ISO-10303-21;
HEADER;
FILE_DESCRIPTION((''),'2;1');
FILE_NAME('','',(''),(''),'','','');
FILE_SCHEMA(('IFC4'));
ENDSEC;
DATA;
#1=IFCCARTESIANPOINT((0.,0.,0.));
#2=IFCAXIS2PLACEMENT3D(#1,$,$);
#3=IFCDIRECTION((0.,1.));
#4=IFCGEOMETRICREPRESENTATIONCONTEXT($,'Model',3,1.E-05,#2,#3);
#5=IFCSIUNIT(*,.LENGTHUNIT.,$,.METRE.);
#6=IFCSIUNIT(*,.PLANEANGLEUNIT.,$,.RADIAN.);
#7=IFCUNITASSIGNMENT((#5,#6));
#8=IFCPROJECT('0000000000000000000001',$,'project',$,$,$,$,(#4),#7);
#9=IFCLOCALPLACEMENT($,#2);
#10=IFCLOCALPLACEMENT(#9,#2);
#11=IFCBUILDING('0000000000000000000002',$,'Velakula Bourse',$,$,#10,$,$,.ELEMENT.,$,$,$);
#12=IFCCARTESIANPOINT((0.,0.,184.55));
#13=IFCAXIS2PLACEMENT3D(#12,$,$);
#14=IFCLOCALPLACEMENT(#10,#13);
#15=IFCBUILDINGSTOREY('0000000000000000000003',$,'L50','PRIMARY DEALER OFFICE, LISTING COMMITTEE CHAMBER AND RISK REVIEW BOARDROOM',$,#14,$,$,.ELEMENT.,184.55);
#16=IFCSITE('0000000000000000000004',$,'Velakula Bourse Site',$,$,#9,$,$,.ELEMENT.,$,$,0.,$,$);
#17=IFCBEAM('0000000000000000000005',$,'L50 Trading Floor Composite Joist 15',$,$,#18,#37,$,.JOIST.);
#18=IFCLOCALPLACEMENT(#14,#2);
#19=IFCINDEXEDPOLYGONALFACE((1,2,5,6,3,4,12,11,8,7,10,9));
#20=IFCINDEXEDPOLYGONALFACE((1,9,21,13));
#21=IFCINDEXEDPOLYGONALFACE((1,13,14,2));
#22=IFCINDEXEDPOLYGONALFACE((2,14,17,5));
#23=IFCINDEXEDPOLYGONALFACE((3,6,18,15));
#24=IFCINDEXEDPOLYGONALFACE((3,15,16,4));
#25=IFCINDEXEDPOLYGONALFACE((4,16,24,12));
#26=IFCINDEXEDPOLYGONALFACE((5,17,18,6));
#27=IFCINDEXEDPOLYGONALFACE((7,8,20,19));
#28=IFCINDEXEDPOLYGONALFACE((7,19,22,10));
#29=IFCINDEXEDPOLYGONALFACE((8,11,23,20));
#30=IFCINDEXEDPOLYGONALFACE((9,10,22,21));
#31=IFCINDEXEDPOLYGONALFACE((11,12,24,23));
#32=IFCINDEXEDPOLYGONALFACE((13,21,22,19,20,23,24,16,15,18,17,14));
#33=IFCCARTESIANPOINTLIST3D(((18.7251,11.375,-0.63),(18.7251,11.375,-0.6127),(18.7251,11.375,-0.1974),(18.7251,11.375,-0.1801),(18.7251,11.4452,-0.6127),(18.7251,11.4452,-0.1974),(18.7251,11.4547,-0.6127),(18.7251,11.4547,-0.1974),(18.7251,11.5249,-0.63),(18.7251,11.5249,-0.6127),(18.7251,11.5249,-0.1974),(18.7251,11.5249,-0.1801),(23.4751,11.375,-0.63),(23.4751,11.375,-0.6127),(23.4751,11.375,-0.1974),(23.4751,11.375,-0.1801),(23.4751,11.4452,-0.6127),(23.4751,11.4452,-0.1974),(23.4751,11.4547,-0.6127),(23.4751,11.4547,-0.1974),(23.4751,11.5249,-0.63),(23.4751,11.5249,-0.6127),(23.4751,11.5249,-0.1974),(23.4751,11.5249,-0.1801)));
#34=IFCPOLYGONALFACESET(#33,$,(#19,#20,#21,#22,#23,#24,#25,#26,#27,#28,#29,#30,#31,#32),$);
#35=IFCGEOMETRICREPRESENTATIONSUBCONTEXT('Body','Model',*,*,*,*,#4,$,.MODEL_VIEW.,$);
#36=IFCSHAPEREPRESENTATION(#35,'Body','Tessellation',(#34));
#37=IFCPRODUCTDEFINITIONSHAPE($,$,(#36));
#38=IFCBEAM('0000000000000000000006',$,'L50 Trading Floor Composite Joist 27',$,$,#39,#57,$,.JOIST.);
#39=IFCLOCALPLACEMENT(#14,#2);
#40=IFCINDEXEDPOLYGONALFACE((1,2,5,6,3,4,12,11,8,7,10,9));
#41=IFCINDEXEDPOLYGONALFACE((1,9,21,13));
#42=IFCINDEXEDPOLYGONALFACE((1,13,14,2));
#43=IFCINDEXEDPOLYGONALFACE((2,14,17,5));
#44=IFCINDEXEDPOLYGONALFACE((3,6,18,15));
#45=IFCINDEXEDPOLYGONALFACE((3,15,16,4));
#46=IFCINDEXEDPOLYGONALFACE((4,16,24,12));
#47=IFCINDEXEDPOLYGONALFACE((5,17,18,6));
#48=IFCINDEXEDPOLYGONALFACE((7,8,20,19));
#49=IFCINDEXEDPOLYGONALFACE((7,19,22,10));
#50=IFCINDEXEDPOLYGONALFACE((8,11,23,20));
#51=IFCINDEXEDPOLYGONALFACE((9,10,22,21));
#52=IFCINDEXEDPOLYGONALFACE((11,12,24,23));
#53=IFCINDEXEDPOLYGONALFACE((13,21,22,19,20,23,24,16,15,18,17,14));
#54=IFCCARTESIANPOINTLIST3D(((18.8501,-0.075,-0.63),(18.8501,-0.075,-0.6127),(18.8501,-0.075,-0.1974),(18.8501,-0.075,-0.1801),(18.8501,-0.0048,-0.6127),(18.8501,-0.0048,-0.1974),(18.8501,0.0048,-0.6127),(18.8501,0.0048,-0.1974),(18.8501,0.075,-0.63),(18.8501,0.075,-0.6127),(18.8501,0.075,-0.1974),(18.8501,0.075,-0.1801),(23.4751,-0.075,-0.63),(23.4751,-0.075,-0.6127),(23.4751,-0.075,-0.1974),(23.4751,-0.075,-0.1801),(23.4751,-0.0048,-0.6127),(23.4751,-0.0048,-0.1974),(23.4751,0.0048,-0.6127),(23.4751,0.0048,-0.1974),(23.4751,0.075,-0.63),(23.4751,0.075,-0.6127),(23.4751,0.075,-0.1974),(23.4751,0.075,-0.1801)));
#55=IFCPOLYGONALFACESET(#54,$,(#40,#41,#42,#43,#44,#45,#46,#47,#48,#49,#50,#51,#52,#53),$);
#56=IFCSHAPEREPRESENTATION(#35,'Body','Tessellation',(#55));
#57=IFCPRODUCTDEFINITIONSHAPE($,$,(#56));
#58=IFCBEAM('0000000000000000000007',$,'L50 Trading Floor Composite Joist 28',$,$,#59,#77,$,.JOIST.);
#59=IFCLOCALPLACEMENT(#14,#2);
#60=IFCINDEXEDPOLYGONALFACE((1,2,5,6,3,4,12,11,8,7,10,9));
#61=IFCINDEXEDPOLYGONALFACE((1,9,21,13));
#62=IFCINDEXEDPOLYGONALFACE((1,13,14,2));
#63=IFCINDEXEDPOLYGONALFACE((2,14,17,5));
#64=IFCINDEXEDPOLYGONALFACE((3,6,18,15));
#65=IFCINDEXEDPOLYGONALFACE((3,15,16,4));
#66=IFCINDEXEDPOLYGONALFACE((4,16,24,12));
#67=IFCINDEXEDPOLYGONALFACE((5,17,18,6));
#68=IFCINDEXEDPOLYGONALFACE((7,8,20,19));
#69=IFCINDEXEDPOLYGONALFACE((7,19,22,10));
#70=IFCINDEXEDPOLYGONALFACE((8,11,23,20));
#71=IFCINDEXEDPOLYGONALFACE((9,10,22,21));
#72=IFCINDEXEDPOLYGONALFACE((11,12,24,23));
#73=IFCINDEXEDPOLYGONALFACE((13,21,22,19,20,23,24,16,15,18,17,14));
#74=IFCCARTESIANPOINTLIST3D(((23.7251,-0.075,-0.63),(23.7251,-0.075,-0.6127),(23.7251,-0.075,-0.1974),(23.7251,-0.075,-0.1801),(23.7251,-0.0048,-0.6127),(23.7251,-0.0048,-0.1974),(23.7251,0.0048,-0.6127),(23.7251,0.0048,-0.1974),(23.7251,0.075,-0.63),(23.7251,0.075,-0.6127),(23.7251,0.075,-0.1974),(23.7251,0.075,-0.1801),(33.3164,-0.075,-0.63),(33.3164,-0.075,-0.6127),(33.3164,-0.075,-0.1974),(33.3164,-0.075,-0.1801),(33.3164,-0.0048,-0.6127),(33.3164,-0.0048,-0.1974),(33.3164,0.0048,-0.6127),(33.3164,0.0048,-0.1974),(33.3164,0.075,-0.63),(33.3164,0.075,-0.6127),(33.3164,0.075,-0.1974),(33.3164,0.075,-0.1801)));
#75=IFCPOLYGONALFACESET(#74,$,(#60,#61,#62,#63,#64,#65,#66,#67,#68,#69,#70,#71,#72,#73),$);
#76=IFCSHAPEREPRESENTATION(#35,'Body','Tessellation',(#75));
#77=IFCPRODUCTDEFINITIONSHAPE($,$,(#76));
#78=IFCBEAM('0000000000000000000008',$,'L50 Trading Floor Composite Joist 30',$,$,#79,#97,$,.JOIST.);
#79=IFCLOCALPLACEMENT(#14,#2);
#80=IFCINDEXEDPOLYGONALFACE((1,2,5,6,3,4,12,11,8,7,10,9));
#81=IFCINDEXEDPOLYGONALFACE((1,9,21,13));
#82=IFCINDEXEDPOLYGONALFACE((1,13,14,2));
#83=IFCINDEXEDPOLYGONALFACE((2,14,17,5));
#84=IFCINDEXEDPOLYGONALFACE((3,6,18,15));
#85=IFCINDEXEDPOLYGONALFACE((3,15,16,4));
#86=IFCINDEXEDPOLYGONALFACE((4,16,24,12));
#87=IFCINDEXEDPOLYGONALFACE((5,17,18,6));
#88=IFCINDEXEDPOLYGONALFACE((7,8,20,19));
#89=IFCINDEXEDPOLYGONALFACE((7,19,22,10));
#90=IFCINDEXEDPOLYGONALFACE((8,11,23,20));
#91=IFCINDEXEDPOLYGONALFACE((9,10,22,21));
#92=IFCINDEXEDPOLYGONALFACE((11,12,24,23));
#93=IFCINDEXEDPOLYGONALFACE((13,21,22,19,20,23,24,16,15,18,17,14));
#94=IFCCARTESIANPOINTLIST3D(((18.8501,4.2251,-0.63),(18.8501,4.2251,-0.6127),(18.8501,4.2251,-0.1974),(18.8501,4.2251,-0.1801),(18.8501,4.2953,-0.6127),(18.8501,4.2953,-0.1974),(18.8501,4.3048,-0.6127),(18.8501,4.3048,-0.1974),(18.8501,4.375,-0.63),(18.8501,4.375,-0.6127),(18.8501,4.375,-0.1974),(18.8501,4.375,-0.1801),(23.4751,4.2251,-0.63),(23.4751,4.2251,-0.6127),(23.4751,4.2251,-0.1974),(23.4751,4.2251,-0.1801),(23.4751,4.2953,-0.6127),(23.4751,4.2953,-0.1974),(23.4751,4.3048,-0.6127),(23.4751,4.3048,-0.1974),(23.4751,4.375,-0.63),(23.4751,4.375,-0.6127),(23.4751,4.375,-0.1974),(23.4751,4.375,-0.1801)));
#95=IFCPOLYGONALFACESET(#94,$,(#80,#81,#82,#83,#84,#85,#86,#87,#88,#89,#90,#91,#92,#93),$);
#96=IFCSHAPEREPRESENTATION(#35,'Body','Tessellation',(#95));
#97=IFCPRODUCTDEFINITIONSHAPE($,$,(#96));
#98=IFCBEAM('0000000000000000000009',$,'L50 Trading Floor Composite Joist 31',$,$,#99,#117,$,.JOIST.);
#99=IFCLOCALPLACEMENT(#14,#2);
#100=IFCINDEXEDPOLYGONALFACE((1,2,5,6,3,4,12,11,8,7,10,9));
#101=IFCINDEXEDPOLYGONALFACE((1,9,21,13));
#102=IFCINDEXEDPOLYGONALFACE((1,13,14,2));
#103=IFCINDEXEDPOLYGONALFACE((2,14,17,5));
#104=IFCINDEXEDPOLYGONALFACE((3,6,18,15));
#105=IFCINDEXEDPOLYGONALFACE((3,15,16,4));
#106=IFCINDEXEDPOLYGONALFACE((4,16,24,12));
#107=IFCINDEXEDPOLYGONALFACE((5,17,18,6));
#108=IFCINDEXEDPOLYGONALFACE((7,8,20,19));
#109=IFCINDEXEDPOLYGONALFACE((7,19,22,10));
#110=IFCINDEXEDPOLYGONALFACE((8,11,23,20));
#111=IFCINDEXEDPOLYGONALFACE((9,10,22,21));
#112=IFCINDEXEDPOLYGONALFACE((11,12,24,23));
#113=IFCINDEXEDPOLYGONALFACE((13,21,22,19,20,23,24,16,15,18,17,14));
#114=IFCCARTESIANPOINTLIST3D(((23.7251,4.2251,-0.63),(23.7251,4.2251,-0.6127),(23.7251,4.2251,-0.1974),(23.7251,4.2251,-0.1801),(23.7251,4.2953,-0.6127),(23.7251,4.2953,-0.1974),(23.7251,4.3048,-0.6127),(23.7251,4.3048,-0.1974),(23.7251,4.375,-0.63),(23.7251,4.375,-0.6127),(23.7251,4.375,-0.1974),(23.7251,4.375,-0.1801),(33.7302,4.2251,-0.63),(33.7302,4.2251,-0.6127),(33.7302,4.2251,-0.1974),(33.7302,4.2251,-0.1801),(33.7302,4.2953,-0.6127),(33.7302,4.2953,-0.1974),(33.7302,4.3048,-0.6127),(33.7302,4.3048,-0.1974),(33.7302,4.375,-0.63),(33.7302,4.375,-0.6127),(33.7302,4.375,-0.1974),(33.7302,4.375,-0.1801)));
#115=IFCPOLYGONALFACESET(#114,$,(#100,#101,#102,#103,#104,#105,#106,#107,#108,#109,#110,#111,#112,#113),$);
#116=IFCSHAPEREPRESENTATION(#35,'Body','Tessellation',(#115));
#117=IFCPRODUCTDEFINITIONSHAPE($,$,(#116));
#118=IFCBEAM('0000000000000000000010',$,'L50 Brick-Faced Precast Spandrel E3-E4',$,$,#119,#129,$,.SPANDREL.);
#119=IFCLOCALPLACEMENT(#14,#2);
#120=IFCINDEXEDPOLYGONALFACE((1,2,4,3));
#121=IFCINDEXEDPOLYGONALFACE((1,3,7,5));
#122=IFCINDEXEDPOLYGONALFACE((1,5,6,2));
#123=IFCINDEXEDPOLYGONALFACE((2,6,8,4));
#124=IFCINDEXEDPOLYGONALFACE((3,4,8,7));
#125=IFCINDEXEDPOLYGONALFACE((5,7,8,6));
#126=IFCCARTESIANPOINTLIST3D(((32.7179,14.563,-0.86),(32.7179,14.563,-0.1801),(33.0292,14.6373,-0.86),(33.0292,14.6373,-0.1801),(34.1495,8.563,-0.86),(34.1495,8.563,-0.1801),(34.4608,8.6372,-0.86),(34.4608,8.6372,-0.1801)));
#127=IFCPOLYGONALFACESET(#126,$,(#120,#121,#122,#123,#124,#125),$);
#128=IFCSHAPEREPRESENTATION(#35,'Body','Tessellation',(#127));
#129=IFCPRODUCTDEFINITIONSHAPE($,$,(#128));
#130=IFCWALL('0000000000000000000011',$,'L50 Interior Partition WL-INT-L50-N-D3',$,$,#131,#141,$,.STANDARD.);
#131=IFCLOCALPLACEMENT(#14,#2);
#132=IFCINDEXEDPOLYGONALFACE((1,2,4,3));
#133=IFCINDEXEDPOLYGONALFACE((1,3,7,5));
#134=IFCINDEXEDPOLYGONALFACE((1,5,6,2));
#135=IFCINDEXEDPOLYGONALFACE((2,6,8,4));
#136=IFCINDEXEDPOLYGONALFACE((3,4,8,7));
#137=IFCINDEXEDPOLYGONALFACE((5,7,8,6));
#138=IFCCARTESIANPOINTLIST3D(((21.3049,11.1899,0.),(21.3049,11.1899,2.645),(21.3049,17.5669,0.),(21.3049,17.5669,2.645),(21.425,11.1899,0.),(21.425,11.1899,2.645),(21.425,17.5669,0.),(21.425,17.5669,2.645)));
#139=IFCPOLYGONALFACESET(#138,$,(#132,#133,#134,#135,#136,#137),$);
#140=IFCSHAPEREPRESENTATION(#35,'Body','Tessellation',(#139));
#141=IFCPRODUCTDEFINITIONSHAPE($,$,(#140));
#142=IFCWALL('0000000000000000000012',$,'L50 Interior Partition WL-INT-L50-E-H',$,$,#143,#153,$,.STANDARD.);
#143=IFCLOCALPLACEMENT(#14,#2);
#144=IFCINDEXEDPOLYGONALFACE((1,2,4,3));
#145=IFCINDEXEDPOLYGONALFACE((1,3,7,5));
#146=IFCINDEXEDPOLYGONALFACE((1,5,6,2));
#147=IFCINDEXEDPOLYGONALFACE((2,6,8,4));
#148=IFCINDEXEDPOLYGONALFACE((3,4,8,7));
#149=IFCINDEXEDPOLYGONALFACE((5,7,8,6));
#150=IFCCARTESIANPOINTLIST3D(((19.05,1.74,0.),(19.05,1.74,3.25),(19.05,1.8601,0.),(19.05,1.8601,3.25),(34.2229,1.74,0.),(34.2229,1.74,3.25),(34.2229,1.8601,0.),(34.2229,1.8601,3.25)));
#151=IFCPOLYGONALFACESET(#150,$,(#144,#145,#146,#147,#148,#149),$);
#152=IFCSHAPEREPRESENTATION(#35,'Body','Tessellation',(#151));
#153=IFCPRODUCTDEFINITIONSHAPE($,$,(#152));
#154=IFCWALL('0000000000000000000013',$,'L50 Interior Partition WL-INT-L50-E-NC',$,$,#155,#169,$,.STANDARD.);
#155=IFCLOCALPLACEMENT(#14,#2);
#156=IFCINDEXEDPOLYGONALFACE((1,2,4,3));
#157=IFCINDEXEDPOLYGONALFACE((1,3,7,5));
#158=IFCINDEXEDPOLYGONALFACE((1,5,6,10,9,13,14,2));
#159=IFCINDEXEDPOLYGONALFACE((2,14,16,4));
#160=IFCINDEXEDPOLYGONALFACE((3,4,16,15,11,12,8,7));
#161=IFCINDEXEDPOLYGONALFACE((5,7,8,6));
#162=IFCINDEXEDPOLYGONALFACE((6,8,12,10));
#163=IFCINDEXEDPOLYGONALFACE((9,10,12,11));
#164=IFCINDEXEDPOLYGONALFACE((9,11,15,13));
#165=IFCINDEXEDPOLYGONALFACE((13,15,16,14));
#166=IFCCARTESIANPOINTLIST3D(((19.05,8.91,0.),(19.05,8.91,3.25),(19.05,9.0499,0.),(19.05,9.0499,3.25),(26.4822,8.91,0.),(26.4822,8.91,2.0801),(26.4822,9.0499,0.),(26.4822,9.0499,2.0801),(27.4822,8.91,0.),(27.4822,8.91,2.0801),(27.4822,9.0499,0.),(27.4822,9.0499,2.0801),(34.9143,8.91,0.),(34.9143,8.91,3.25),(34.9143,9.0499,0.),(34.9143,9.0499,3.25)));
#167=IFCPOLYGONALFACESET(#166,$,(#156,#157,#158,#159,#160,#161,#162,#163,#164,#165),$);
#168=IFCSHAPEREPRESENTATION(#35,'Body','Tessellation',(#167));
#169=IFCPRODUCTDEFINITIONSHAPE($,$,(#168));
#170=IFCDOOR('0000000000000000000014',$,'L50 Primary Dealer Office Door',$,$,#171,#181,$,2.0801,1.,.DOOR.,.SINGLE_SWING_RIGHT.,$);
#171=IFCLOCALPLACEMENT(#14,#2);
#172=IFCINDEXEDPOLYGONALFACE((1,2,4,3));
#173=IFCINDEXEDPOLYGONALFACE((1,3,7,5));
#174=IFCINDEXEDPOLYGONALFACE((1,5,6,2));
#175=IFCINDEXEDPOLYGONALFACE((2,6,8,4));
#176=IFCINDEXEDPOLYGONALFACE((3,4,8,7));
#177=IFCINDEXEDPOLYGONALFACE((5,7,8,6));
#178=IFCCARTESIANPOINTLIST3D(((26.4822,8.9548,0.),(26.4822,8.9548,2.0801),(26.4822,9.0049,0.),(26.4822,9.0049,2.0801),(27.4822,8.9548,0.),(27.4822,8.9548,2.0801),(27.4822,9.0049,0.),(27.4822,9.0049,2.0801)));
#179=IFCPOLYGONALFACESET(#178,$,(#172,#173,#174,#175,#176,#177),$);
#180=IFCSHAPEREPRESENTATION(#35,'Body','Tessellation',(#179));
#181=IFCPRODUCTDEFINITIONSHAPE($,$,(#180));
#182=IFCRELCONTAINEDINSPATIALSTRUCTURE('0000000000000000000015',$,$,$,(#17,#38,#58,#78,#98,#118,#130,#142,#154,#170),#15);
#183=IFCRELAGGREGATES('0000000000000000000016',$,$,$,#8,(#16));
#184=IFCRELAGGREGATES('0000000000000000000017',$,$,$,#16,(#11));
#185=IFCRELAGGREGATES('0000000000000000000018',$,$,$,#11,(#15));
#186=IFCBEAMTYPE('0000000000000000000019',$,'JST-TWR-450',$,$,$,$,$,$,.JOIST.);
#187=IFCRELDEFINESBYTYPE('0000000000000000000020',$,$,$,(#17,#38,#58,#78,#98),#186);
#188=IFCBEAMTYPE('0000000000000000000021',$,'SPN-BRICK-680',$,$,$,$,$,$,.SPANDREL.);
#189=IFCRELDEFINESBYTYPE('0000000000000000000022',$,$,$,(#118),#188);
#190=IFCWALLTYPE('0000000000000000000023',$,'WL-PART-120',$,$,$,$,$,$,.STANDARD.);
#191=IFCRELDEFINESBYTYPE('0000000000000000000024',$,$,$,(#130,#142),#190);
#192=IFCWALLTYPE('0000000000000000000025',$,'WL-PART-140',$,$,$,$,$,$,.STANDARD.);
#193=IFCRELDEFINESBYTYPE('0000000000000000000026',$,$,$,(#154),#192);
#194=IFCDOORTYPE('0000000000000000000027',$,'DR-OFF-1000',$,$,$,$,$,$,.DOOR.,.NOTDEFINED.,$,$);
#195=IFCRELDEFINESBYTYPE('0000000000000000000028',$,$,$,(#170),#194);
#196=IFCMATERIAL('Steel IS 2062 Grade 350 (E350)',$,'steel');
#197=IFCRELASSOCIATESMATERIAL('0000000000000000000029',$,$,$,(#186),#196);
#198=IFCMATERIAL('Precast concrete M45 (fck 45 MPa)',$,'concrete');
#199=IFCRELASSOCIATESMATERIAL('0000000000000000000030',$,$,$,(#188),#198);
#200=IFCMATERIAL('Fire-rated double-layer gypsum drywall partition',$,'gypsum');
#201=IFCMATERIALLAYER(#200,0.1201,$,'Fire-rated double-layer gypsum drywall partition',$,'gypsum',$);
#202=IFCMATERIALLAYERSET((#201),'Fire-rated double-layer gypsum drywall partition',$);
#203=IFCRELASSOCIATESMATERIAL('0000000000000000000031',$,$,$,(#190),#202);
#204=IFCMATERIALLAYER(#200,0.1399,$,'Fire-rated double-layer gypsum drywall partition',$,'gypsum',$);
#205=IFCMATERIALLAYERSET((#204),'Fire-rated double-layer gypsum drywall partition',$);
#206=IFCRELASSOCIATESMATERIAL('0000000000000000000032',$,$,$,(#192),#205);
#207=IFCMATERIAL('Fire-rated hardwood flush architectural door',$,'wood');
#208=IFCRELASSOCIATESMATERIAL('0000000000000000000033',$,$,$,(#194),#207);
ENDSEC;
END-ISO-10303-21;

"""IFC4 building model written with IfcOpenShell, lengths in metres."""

from ifc_helpers import new_model, si_unit, direction, frame, frame_2d, origin, origin_2d, place, context, subcontext, project, spatial, rectangle, i_section, extrude, material, layer, layer_set, material_profile, profile_set, type_object, element, fill, save


model = new_model("IFC4")

# Units and contexts
model_context = context("Model", 3, precision=1e-05, world=origin(), true_north=direction((0.0, 1.0)))
body_context = subcontext(model_context, "Body", "Model", "MODEL_VIEW")
ifc_project = project(units=[si_unit("LENGTHUNIT", "METRE"), si_unit("PLANEANGLEUNIT", "RADIAN")], contexts=[model_context])

# Site, building, storey
site_placement = place(None, origin())
site = spatial("IfcSite", under=ifc_project, at=site_placement, Name="Velakula Bourse Site", CompositionType="ELEMENT", RefElevation=0.0)
building_placement = place(site_placement, origin())
building = spatial("IfcBuilding", under=site, at=building_placement, Name="Velakula Bourse", CompositionType="ELEMENT")
storey_placement = place(building_placement, frame((0.0, 0.0, 184.55)))
storey = spatial("IfcBuildingStorey", under=building, at=storey_placement, Name="L50", Description="PRIMARY DEALER OFFICE, LISTING COMMITTEE CHAMBER AND RISK REVIEW BOARDROOM", CompositionType="ELEMENT", Elevation=184.55)

# Shared definitions
ifc_material_1 = material(Name="Steel IS 2062 Grade 350 (E350)", Category="steel")

# Beams
ifc_material_profile_1 = material_profile(ifc_material_1, i_section(OverallWidth=0.1499, OverallDepth=0.45, WebThickness=0.0095, FlangeThickness=0.0173, at=origin_2d()), Name="Steel IS 2062 Grade 350 (E350)")
ifc_profile_set_1 = profile_set([ifc_material_profile_1], Name="Steel IS 2062 Grade 350 (E350)")
beam_type_1 = type_object("IfcBeamType", Name="JST-TWR-450", PredefinedType="JOIST", material=ifc_profile_set_1)
beam_1_placement = place(storey_placement, frame((18.7251, 11.45, -0.405), z_axis=(1.0, 0.0, 0.0), x_axis=(0.0, 1.0, 0.0)))
element("IfcBeam", 1, at=beam_1_placement, inside=storey, type_object=beam_type_1, Name="L50 Trading Floor Composite Joist 15", PredefinedType="JOIST", context=body_context, shape_type="SweptSolid", body=[
    extrude(i_section(OverallWidth=0.1499, OverallDepth=0.45, WebThickness=0.0095, FlangeThickness=0.0173, at=origin_2d()), origin(), (0.0, 0.0, 1.0), 4.75),
])
beam_2_placement = place(storey_placement, frame((18.8501, 0.0, -0.405), z_axis=(1.0, 0.0, 0.0), x_axis=(0.0, 1.0, 0.0)))
element("IfcBeam", 2, at=beam_2_placement, inside=storey, type_object=beam_type_1, Name="L50 Trading Floor Composite Joist 27", PredefinedType="JOIST", context=body_context, shape_type="SweptSolid", body=[
    extrude(i_section(OverallWidth=0.1499, OverallDepth=0.45, WebThickness=0.0095, FlangeThickness=0.0173, at=origin_2d()), origin(), (0.0, 0.0, 1.0), 4.625),
])
beam_3_placement = place(storey_placement, frame((23.7251, 0.0, -0.405), z_axis=(1.0, 0.0, 0.0), x_axis=(0.0, 1.0, 0.0)))
element("IfcBeam", 3, at=beam_3_placement, inside=storey, type_object=beam_type_1, Name="L50 Trading Floor Composite Joist 28", PredefinedType="JOIST", context=body_context, shape_type="SweptSolid", body=[
    extrude(i_section(OverallWidth=0.1499, OverallDepth=0.45, WebThickness=0.0095, FlangeThickness=0.0173, at=origin_2d()), origin(), (0.0, 0.0, 1.0), 9.5913),
])
beam_4_placement = place(storey_placement, frame((18.8501, 4.3, -0.405), z_axis=(1.0, 0.0, 0.0), x_axis=(0.0, 1.0, 0.0)))
element("IfcBeam", 4, at=beam_4_placement, inside=storey, type_object=beam_type_1, Name="L50 Trading Floor Composite Joist 30", PredefinedType="JOIST", context=body_context, shape_type="SweptSolid", body=[
    extrude(i_section(OverallWidth=0.1499, OverallDepth=0.45, WebThickness=0.0095, FlangeThickness=0.0173, at=origin_2d()), origin(), (0.0, 0.0, 1.0), 4.625),
])
beam_5_placement = place(storey_placement, frame((23.7251, 4.3, -0.405), z_axis=(1.0, 0.0, 0.0), x_axis=(0.0, 1.0, 0.0)))
element("IfcBeam", 5, at=beam_5_placement, inside=storey, type_object=beam_type_1, Name="L50 Trading Floor Composite Joist 31", PredefinedType="JOIST", context=body_context, shape_type="SweptSolid", body=[
    extrude(i_section(OverallWidth=0.1499, OverallDepth=0.45, WebThickness=0.0095, FlangeThickness=0.0173, at=origin_2d()), origin(), (0.0, 0.0, 1.0), 10.0051),
])
ifc_material_2 = material(Name="Precast concrete M45 (fck 45 MPa)", Category="concrete")
ifc_material_profile_2 = material_profile(ifc_material_2, rectangle(XDim=0.3201, YDim=0.6799, at=origin_2d()), Name="Precast concrete M45 (fck 45 MPa)")
ifc_profile_set_2 = profile_set([ifc_material_profile_2], Name="Precast concrete M45 (fck 45 MPa)")
beam_type_2 = type_object("IfcBeamType", Name="SPN-BRICK-680", PredefinedType="SPANDREL", material=ifc_profile_set_2)
beam_6_placement = place(storey_placement, frame((34.3052, 8.6001, -0.52), z_axis=(-0.232091, 0.972694, 0.0), x_axis=(-0.972694, -0.232091, 0.0)))
element("IfcBeam", 6, at=beam_6_placement, inside=storey, type_object=beam_type_2, Name="L50 Brick-Faced Precast Spandrel E3-E4", PredefinedType="SPANDREL", context=body_context, shape_type="SweptSolid", body=[
    extrude(rectangle(XDim=0.3201, YDim=0.6799, at=origin_2d()), origin(), (0.0, 0.0, 1.0), 6.1685),
])

# Walls
ifc_material_3 = material(Name="Fire-rated double-layer gypsum drywall partition", Category="gypsum")
ifc_layer_1 = layer(ifc_material_3, 0.1201, Name="Fire-rated double-layer gypsum drywall partition", Category="gypsum")
ifc_layer_set_1 = layer_set([ifc_layer_1], Name="Fire-rated double-layer gypsum drywall partition")
wall_type_1 = type_object("IfcWallType", Name="WL-PART-120", PredefinedType="STANDARD", material=ifc_layer_set_1)
wall_1_placement = place(storey_placement, frame((21.365, 11.1899, 0.0), z_axis=(0.0, 0.0, 1.0), x_axis=(0.0, 1.0, 0.0)))
element("IfcWall", 7, at=wall_1_placement, inside=storey, type_object=wall_type_1, Name="L50 Interior Partition WL-INT-L50-N-D3", PredefinedType="STANDARD", context=body_context, shape_type="SweptSolid", body=[
    extrude(rectangle(XDim=6.377, YDim=0.1201, at=frame_2d((3.1885, 0.0))), origin(), (0.0, 0.0, 1.0), 2.645),
])
wall_2_placement = place(storey_placement, frame((19.05, 1.8, 0.0), z_axis=(0.0, 0.0, 1.0), x_axis=(1.0, 0.0, 0.0)))
element("IfcWall", 8, at=wall_2_placement, inside=storey, type_object=wall_type_1, Name="L50 Interior Partition WL-INT-L50-E-H", PredefinedType="STANDARD", context=body_context, shape_type="SweptSolid", body=[
    extrude(rectangle(XDim=15.1729, YDim=0.1201, at=frame_2d((7.5864, 0.0))), origin(), (0.0, 0.0, 1.0), 3.25),
])

# Wall, opening, door
ifc_layer_2 = layer(ifc_material_3, 0.1399, Name="Fire-rated double-layer gypsum drywall partition", Category="gypsum")
ifc_layer_set_2 = layer_set([ifc_layer_2], Name="Fire-rated double-layer gypsum drywall partition")
wall_type_2 = type_object("IfcWallType", Name="WL-PART-140", PredefinedType="STANDARD", material=ifc_layer_set_2)
wall_3_placement = place(storey_placement, frame((19.05, 8.98, 0.0), z_axis=(0.0, 0.0, 1.0), x_axis=(1.0, 0.0, 0.0)))
wall_3 = element("IfcWall", 9, at=wall_3_placement, inside=storey, type_object=wall_type_2, Name="L50 Interior Partition WL-INT-L50-E-NC", PredefinedType="STANDARD", context=body_context, shape_type="SweptSolid", body=[
    extrude(rectangle(XDim=15.8643, YDim=0.1399, at=frame_2d((7.9321, 0.0))), origin(), (0.0, 0.0, 1.0), 3.25),
])
opening_placement = place(wall_3_placement, frame((7.4321, 0.0, 0.0)))
opening = element("IfcOpeningElement", 10, at=opening_placement, cuts=wall_3, PredefinedType="OPENING", context=body_context, shape_type="SweptSolid", body=[
    extrude(rectangle(XDim=1.0, YDim=2.0801, at=frame_2d((0.5, 1.04))), frame((0.0, 0.0798, 0.0), z_axis=(0.0, -1.0, 0.0), x_axis=(1.0, 0.0, 0.0)), (0.0, 0.0, 1.0), 0.1599),
])
ifc_material_4 = material(Name="Fire-rated hardwood flush architectural door", Category="wood")
door_type = type_object("IfcDoorType", Name="DR-OFF-1000", OperationType="NOTDEFINED", PredefinedType="DOOR", material=ifc_material_4)
door_placement = place(opening_placement, origin())
door = element("IfcDoor", 11, at=door_placement, inside=storey, type_object=door_type, Name="L50 Primary Dealer Office Door", OperationType="SINGLE_SWING_RIGHT", OverallHeight=2.0801, OverallWidth=1.0, PredefinedType="DOOR", context=body_context, shape_type="SweptSolid", body=[
    extrude(rectangle(XDim=1.0, YDim=2.0801, at=frame_2d((0.5, 1.04))), frame((0.0, 0.0249, 0.0), z_axis=(0.0, -1.0, 0.0), x_axis=(1.0, 0.0, 0.0)), (0.0, 0.0, 1.0), 0.05),
])
fill(opening, door)

save(model, "model.ifc")
